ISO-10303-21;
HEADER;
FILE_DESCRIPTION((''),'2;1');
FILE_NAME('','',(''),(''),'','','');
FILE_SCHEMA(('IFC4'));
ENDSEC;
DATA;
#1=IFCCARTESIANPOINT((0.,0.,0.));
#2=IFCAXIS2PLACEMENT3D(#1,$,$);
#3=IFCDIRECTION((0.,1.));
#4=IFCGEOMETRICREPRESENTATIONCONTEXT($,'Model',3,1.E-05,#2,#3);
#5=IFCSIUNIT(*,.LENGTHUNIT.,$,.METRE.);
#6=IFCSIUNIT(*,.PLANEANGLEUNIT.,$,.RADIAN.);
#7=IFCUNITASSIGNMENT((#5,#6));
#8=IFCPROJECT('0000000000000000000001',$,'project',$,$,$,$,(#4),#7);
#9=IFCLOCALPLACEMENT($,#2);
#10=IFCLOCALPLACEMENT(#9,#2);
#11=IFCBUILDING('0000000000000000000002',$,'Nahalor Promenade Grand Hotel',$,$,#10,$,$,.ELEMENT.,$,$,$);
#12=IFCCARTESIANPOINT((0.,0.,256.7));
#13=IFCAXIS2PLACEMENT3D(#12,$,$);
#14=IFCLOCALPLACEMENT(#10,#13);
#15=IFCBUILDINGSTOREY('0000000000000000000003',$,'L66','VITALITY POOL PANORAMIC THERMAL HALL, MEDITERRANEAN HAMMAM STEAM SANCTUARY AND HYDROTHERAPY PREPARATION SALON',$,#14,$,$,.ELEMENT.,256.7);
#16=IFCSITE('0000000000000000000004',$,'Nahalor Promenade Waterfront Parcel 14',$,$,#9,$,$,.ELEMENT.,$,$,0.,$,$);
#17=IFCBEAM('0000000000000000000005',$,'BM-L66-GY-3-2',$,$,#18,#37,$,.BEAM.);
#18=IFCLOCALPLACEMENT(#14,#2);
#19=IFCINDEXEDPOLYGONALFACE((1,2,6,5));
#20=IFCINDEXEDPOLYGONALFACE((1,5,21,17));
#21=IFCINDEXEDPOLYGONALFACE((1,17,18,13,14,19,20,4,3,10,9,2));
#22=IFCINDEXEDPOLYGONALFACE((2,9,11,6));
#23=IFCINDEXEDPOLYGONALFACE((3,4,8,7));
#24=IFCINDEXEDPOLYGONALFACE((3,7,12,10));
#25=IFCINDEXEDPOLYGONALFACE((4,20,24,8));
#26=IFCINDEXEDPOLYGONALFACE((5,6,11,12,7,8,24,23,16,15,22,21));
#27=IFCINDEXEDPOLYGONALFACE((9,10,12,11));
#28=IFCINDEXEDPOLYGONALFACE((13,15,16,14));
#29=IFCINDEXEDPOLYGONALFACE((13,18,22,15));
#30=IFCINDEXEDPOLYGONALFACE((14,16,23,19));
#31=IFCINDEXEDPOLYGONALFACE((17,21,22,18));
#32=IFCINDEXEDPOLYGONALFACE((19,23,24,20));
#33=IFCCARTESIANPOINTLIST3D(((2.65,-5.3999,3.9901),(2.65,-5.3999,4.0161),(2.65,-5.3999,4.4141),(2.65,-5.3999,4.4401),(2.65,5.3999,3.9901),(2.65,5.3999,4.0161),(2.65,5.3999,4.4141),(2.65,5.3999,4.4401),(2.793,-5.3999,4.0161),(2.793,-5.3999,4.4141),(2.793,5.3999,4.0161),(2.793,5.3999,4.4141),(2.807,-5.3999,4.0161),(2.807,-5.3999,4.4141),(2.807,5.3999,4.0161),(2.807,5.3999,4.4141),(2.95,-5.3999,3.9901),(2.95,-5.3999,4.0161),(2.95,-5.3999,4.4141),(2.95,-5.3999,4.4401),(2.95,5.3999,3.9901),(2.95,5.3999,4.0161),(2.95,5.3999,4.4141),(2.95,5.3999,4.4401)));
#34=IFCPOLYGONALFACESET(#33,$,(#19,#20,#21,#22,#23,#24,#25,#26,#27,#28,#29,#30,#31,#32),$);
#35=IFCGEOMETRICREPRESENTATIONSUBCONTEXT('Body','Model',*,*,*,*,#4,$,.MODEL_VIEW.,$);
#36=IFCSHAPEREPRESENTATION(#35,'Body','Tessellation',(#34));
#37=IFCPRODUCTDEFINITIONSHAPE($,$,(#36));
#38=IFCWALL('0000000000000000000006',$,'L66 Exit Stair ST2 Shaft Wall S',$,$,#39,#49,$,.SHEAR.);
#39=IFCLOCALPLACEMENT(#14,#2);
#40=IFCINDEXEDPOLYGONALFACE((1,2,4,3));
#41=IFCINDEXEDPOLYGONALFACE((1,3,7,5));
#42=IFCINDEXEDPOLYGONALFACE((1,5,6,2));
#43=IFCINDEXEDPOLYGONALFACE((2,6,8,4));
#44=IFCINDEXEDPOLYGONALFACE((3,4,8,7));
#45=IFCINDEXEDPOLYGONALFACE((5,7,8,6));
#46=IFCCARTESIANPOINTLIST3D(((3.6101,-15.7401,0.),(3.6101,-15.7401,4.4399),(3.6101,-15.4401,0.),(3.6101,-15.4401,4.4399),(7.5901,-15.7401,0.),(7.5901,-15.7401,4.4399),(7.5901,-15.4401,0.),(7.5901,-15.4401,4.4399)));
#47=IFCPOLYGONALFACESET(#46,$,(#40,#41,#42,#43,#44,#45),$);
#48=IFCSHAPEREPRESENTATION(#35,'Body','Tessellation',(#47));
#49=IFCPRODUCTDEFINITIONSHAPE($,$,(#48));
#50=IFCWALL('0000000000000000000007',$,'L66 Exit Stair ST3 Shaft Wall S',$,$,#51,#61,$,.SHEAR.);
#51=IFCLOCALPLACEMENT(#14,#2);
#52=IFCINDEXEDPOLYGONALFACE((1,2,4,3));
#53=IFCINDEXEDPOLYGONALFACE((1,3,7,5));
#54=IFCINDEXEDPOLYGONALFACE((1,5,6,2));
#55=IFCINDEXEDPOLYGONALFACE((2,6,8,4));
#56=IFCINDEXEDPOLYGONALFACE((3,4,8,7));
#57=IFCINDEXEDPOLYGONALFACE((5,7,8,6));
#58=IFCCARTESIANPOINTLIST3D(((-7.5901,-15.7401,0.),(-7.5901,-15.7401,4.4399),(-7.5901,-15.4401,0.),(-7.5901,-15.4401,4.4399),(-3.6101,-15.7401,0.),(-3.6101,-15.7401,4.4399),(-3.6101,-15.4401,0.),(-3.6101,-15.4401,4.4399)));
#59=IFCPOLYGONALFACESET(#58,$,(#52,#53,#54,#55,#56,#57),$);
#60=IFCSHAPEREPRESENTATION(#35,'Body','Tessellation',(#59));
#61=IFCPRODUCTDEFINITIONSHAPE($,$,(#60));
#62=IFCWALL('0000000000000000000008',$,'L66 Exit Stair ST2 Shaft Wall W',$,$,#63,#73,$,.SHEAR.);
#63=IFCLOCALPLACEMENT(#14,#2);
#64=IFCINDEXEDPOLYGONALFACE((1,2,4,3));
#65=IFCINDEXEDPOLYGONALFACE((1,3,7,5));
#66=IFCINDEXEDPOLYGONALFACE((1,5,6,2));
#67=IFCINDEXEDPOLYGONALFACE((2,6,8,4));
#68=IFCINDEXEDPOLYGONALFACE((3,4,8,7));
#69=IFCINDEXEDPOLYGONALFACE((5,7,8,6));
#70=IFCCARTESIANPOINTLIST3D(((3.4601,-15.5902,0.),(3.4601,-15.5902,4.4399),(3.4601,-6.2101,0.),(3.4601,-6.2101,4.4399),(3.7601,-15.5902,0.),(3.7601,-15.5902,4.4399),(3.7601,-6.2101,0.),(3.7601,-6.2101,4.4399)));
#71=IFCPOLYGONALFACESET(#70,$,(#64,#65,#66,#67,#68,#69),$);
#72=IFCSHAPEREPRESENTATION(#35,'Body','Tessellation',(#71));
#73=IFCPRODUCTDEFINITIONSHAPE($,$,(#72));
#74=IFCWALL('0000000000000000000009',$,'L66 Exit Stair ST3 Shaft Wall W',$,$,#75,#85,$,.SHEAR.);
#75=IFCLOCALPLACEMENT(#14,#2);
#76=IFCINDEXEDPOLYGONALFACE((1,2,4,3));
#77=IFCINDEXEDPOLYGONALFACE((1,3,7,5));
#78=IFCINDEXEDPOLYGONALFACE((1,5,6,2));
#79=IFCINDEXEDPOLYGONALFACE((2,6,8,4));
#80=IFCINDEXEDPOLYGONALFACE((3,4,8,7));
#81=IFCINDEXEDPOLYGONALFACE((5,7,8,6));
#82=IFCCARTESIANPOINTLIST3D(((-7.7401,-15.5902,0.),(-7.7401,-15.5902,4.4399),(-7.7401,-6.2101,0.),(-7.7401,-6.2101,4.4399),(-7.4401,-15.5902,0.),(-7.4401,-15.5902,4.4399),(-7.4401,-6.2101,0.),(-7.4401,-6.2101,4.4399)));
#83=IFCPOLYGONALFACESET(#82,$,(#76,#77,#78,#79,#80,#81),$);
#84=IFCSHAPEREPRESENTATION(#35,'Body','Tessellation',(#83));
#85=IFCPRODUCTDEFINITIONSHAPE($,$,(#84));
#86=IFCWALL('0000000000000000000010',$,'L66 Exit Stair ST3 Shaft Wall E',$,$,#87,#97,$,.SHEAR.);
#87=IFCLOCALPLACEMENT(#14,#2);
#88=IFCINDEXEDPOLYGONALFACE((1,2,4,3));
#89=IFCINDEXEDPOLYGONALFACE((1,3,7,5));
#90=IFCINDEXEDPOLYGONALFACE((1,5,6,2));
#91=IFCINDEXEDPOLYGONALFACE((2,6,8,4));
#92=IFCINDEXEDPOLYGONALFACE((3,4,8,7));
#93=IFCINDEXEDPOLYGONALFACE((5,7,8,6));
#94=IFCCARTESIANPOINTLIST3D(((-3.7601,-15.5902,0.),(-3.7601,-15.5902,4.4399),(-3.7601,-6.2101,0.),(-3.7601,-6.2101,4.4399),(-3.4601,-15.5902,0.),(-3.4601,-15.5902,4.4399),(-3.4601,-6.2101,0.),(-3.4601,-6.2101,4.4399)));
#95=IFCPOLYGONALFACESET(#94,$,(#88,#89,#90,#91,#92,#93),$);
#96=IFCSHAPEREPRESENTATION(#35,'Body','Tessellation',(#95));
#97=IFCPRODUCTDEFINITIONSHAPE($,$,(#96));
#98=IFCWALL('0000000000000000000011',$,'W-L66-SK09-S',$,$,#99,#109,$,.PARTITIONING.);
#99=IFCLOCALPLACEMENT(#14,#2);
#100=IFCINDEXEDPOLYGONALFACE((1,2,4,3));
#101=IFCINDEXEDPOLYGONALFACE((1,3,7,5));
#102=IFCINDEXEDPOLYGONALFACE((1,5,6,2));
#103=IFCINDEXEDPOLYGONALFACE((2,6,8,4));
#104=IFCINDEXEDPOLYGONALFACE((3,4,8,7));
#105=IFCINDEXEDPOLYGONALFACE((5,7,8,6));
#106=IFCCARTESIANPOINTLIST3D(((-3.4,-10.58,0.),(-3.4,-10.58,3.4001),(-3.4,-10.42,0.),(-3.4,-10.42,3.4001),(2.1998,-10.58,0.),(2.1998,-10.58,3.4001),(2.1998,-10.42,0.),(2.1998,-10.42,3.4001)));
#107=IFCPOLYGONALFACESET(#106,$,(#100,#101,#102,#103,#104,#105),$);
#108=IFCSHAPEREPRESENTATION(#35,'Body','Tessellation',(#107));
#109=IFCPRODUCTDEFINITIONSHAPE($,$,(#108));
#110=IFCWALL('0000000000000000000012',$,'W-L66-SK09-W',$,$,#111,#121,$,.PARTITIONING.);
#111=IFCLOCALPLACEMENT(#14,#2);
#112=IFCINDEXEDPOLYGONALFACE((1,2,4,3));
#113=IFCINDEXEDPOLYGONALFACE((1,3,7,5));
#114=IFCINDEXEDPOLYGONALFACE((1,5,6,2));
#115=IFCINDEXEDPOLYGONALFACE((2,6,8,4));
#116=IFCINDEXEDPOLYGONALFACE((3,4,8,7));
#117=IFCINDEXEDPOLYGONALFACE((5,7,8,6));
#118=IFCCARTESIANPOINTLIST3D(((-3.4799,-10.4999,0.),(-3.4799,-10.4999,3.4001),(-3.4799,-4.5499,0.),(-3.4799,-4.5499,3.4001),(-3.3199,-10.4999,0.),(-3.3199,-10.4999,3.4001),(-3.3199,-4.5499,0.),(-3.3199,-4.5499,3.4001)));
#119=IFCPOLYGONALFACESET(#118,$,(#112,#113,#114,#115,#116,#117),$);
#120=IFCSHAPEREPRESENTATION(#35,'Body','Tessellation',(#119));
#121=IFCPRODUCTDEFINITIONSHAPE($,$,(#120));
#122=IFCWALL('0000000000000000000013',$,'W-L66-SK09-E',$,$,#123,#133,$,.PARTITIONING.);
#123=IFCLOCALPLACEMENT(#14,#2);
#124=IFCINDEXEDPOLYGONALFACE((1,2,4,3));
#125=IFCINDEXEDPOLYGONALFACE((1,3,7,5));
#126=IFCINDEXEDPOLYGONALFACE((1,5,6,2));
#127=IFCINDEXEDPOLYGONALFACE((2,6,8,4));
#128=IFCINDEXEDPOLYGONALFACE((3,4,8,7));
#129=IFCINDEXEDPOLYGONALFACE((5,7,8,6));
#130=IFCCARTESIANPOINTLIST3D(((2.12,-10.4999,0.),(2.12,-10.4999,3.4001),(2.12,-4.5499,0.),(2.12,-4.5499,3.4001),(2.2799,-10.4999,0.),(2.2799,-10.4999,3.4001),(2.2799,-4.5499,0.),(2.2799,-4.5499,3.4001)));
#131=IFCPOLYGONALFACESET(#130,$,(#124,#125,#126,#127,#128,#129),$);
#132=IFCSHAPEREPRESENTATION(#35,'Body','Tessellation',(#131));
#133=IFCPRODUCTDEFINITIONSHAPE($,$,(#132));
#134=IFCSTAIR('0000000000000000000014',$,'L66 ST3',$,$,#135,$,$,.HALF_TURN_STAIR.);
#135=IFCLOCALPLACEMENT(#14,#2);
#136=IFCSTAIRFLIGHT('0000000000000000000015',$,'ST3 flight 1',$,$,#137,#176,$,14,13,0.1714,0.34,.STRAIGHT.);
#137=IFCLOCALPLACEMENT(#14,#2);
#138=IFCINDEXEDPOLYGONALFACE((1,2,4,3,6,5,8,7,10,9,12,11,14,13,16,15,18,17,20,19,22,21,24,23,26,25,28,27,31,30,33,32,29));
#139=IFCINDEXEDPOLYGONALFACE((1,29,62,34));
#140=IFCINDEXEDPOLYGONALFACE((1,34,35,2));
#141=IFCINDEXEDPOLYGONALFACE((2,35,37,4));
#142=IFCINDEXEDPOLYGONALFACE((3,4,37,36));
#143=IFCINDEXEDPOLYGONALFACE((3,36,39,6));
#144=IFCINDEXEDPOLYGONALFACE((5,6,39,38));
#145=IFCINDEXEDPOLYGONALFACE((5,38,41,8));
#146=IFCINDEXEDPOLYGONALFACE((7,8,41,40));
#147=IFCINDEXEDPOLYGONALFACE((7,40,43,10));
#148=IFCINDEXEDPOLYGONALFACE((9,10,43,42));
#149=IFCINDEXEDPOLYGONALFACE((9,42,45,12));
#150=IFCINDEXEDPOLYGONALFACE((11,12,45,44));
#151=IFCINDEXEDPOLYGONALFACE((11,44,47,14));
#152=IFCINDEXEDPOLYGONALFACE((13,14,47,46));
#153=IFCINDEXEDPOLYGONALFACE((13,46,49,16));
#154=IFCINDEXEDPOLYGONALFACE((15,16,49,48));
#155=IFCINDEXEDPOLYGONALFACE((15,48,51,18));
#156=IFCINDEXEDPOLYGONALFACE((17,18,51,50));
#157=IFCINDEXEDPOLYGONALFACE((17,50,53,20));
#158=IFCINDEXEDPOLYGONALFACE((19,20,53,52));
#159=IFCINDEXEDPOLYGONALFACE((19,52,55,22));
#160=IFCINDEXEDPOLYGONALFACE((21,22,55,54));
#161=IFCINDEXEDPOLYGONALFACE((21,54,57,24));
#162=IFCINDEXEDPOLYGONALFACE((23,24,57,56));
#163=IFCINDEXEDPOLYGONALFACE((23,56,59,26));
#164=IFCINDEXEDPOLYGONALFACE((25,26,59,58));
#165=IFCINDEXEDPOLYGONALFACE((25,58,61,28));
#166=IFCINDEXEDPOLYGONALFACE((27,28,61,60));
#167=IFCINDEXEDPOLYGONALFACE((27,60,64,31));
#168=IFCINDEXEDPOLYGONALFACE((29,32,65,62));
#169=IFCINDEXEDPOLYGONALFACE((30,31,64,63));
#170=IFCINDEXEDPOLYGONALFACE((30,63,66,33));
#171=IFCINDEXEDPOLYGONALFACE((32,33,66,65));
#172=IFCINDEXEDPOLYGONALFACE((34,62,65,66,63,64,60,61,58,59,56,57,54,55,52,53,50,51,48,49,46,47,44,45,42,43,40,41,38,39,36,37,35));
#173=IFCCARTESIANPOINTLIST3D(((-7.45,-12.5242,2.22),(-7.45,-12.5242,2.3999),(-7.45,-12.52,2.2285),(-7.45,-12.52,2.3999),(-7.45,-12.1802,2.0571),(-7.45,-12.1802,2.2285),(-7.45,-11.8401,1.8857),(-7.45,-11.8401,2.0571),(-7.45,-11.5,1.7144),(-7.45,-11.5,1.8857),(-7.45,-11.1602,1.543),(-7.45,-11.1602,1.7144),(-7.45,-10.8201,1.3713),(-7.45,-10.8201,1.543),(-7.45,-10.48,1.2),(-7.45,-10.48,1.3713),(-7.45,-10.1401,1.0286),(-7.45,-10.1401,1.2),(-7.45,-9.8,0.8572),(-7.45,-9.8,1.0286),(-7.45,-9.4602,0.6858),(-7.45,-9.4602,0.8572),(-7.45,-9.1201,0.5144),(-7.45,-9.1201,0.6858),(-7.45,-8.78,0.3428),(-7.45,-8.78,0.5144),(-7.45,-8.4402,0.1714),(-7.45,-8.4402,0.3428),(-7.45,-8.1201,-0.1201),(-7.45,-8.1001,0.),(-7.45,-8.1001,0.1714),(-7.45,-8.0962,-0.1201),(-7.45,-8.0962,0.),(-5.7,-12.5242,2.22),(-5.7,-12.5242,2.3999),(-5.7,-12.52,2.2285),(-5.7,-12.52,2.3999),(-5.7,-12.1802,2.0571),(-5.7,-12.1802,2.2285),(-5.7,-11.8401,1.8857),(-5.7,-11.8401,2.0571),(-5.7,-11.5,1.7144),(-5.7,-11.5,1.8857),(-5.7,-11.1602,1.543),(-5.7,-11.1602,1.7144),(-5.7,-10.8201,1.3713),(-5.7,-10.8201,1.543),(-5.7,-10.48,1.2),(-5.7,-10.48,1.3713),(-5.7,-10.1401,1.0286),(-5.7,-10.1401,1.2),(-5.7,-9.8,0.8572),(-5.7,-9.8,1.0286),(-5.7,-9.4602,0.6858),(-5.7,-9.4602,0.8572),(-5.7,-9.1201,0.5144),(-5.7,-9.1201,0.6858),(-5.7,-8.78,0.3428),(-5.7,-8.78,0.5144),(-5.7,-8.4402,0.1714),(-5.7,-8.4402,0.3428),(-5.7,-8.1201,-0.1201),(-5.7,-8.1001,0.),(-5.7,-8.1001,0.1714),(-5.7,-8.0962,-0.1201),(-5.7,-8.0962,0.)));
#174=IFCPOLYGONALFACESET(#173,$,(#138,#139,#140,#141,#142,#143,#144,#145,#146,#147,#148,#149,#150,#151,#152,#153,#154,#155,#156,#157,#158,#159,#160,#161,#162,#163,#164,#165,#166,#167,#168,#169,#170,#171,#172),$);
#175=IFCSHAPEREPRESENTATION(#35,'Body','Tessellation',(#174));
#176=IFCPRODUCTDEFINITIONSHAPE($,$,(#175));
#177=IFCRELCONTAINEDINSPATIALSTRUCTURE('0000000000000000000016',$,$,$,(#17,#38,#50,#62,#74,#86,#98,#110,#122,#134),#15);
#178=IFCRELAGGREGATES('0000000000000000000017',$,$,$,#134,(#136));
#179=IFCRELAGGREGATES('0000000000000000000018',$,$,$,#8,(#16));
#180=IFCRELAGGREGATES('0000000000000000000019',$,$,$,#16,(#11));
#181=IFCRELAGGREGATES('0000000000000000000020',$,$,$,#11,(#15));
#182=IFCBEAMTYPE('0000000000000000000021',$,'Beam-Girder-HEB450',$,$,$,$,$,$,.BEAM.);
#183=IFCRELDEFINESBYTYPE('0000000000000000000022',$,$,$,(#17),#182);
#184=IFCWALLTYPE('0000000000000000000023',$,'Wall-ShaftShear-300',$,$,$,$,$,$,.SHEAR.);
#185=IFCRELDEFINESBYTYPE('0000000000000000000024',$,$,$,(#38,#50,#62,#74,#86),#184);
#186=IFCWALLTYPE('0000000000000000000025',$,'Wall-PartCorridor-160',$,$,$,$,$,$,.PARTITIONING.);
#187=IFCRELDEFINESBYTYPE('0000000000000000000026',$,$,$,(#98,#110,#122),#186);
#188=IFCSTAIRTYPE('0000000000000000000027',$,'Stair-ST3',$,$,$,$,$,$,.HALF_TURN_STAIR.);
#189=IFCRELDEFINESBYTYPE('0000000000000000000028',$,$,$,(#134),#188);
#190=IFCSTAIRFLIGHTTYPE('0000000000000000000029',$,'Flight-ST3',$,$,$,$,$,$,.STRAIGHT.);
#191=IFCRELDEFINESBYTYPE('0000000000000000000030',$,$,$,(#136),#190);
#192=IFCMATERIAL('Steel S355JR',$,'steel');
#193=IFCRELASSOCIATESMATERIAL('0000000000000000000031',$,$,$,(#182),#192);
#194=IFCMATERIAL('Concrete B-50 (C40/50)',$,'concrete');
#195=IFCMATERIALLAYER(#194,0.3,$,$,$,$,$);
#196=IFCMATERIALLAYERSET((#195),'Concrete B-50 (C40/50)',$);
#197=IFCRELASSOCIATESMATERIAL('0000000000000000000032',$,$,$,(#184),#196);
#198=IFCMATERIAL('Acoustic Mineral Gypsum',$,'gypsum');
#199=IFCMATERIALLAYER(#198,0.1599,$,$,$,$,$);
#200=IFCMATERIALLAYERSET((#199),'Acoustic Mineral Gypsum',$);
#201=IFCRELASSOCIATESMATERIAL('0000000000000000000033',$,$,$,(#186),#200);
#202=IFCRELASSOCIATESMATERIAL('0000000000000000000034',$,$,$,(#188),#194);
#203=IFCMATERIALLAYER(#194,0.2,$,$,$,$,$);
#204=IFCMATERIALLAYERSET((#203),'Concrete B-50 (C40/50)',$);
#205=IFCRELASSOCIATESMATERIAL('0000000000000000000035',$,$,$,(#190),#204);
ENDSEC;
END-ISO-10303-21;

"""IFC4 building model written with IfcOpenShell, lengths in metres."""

from ifc_helpers import new_model, si_unit, direction, frame, frame_2d, origin, origin_2d, place, context, subcontext, project, spatial, polyline, rectangle, i_section, outline, extrude, source, transform, mapped, material, layer, layer_set, material_profile, profile_set, type_object, element, aggregate, save


model = new_model("IFC4")

# Units and contexts
model_context = context("Model", 3, precision=1e-05, world=origin(), true_north=direction((0.0, 1.0)))
body_context = subcontext(model_context, "Body", "Model", "MODEL_VIEW")
ifc_project = project(units=[si_unit("LENGTHUNIT", "METRE"), si_unit("PLANEANGLEUNIT", "RADIAN")], contexts=[model_context])

# Site, building, storey
site_placement = place(None, origin())
site = spatial("IfcSite", under=ifc_project, at=site_placement, Name="Nahalor Promenade Waterfront Parcel 14", CompositionType="ELEMENT", RefElevation=0.0)
building_placement = place(site_placement, origin())
building = spatial("IfcBuilding", under=site, at=building_placement, Name="Nahalor Promenade Grand Hotel", CompositionType="ELEMENT")
storey_placement = place(building_placement, frame((0.0, 0.0, 256.7)))
storey = spatial("IfcBuildingStorey", under=building, at=storey_placement, Name="L66", Description="VITALITY POOL PANORAMIC THERMAL HALL, MEDITERRANEAN HAMMAM STEAM SANCTUARY AND HYDROTHERAPY PREPARATION SALON", CompositionType="ELEMENT", Elevation=256.7)

# Beam
ifc_material_1 = material(Name="Steel S355JR", Category="steel")
ifc_material_profile_1 = material_profile(ifc_material_1, i_section(OverallWidth=0.3, OverallDepth=0.45, WebThickness=0.014, FlangeThickness=0.026, at=origin_2d()), Name="HEB 450")
ifc_profile_set_1 = profile_set([ifc_material_profile_1], Name="Steel S355JR")
beam_type = type_object("IfcBeamType", Name="Beam-Girder-HEB450", PredefinedType="BEAM", material=ifc_profile_set_1)
shared_shape_1 = source(origin(), body_context, "Body", "SweptSolid", [
    extrude(i_section(OverallWidth=0.3, OverallDepth=0.45, WebThickness=0.014, FlangeThickness=0.026, at=origin_2d()), origin(), (0.0, 0.0, 1.0), 10.7998),
])
for number, where, z_axis, x_axis, name in (
    (1, (2.8, -5.3999, 4.2151), (0.0, 1.0, 0.0), (-1.0, 0.0, 0.0), "BM-L66-GY-3-2"),
):
    element("IfcBeam", number, at=place(storey_placement, frame(where, z_axis=z_axis, x_axis=x_axis)), inside=storey, type_object=beam_type, Name=name, PredefinedType="BEAM", context=body_context, shape_type="MappedRepresentation", body=[
        mapped(shared_shape_1, transform((0.0, 0.0, 0.0), scale=1.0)),
    ])

# Walls
ifc_material_2 = material(Name="Concrete B-50 (C40/50)", Category="concrete")
ifc_layer_1 = layer(ifc_material_2, 0.3)
ifc_layer_set_1 = layer_set([ifc_layer_1], Name="Concrete B-50 (C40/50)")
wall_type_1 = type_object("IfcWallType", Name="Wall-ShaftShear-300", PredefinedType="SHEAR", material=ifc_layer_set_1)
shared_shape_2 = source(origin(), body_context, "Body", "SweptSolid", [
    extrude(rectangle(XDim=3.98, YDim=0.3, at=frame_2d((1.99, 0.0))), origin(), (0.0, 0.0, 1.0), 4.4399),
])
for number, where, z_axis, x_axis, name in (
    (2, (3.6101, -15.5901, 0.0), (0.0, 0.0, 1.0), (1.0, 0.0, 0.0), "L66 Exit Stair ST2 Shaft Wall S"),
    (3, (-7.5901, -15.5901, 0.0), (0.0, 0.0, 1.0), (1.0, 0.0, 0.0), "L66 Exit Stair ST3 Shaft Wall S"),
):
    element("IfcWall", number, at=place(storey_placement, frame(where, z_axis=z_axis, x_axis=x_axis)), inside=storey, type_object=wall_type_1, Name=name, PredefinedType="SHEAR", context=body_context, shape_type="MappedRepresentation", body=[
        mapped(shared_shape_2, transform((0.0, 0.0, 0.0), scale=1.0)),
    ])

# Walls
shared_shape_3 = source(origin(), body_context, "Body", "SweptSolid", [
    extrude(rectangle(XDim=9.3801, YDim=0.3, at=frame_2d((4.6899, 0.0))), origin(), (0.0, 0.0, 1.0), 4.4399),
])
for number, where, z_axis, x_axis, name in (
    (4, (3.6101, -15.5901, 0.0), (0.0, 0.0, 1.0), (0.0, 1.0, 0.0), "L66 Exit Stair ST2 Shaft Wall W"),
    (5, (-7.5901, -15.5901, 0.0), (0.0, 0.0, 1.0), (0.0, 1.0, 0.0), "L66 Exit Stair ST3 Shaft Wall W"),
    (6, (-3.6101, -15.5901, 0.0), (0.0, 0.0, 1.0), (0.0, 1.0, 0.0), "L66 Exit Stair ST3 Shaft Wall E"),
):
    element("IfcWall", number, at=place(storey_placement, frame(where, z_axis=z_axis, x_axis=x_axis)), inside=storey, type_object=wall_type_1, Name=name, PredefinedType="SHEAR", context=body_context, shape_type="MappedRepresentation", body=[
        mapped(shared_shape_3, transform((0.0, 0.0, 0.0), scale=1.0)),
    ])
ifc_material_3 = material(Name="Acoustic Mineral Gypsum", Category="gypsum")
ifc_layer_2 = layer(ifc_material_3, 0.1599)
ifc_layer_set_2 = layer_set([ifc_layer_2], Name="Acoustic Mineral Gypsum")
wall_type_2 = type_object("IfcWallType", Name="Wall-PartCorridor-160", PredefinedType="PARTITIONING", material=ifc_layer_set_2)
shared_shape_4 = source(origin(), body_context, "Body", "SweptSolid", [
    extrude(rectangle(XDim=5.5999, YDim=0.1599, at=frame_2d((2.7998, 0.0))), origin(), (0.0, 0.0, 1.0), 3.4001),
])
wall_1_placement = place(storey_placement, frame((-3.3999, -10.5, 0.0), z_axis=(0.0, 0.0, 1.0), x_axis=(1.0, 0.0, 0.0)))
element("IfcWall", 7, at=wall_1_placement, inside=storey, type_object=wall_type_2, Name="W-L66-SK09-S", PredefinedType="PARTITIONING", context=body_context, shape_type="MappedRepresentation", body=[
    mapped(shared_shape_4, transform((0.0, 0.0, 0.0), scale=1.0)),
])
shared_shape_5 = source(origin(), body_context, "Body", "SweptSolid", [
    extrude(rectangle(XDim=5.95, YDim=0.1599, at=frame_2d((2.9751, 0.0))), origin(), (0.0, 0.0, 1.0), 3.4001),
])
for number, where, z_axis, x_axis, name in (
    (8, (-3.3999, -10.5, 0.0), (0.0, 0.0, 1.0), (0.0, 1.0, 0.0), "W-L66-SK09-W"),
    (9, (2.2, -10.5, 0.0), (0.0, 0.0, 1.0), (0.0, 1.0, 0.0), "W-L66-SK09-E"),
):
    element("IfcWall", number, at=place(storey_placement, frame(where, z_axis=z_axis, x_axis=x_axis)), inside=storey, type_object=wall_type_2, Name=name, PredefinedType="PARTITIONING", context=body_context, shape_type="MappedRepresentation", body=[
        mapped(shared_shape_5, transform((0.0, 0.0, 0.0), scale=1.0)),
    ])

# Stair, stair flight
stair_type = type_object("IfcStairType", Name="Stair-ST3", PredefinedType="HALF_TURN_STAIR", material=ifc_material_2)
stair_placement = place(storey_placement, origin())
stair = element("IfcStair", 10, at=stair_placement, inside=storey, type_object=stair_type, Name="L66 ST3", PredefinedType="HALF_TURN_STAIR")
ifc_layer_3 = layer(ifc_material_2, 0.2)
ifc_layer_set_3 = layer_set([ifc_layer_3], Name="Concrete B-50 (C40/50)")
stair_flight_type = type_object("IfcStairFlightType", Name="Flight-ST3", PredefinedType="STRAIGHT", material=ifc_layer_set_3)
shared_shape_6 = source(origin(), body_context, "Body", "SweptSolid", [
    extrude(outline(polyline([(-0.0039, -0.1201), (-0.0039, 0.0), (0.0, 0.0), (0.0, 0.1714), (0.3401, 0.1714), (0.3401, 0.3428), (0.6799, 0.3428), (0.6799, 0.5144), (1.02, 0.5144), (1.02, 0.6858), (1.3601, 0.6858), (1.3601, 0.8572), (1.7, 0.8572), (1.7, 1.0286), (2.04, 1.0286), (2.04, 1.2), (2.3799, 1.2), (2.3799, 1.3713), (2.72, 1.3713), (2.72, 1.543), (3.0601, 1.543), (3.0601, 1.7144), (3.3999, 1.7144), (3.3999, 1.8857), (3.74, 1.8857), (3.74, 2.0571), (4.0801, 2.0571), (4.0801, 2.2285), (4.4199, 2.2285), (4.4199, 2.3999), (4.4241, 2.3999), (4.4241, 2.22), (0.02, -0.1201), (-0.0039, -0.1201)])), frame((0.0, 0.875, 0.0), z_axis=(0.0, -1.0, 0.0), x_axis=(1.0, 0.0, 0.0)), (0.0, 0.0, 1.0), 1.75),
])
stair_flight_1_placement = place(storey_placement, frame((-6.575, -8.1001, 0.0), z_axis=(0.0, 0.0, 1.0), x_axis=(0.0, -1.0, 0.0)))
stair_flight_1 = element("IfcStairFlight", 11, at=stair_flight_1_placement, type_object=stair_flight_type, Name="ST3 flight 1", NumberOfRisers=14, NumberOfTreads=13, PredefinedType="STRAIGHT", RiserHeight=0.1714, TreadLength=0.34, context=body_context, shape_type="MappedRepresentation", body=[
    mapped(shared_shape_6, transform((0.0, 0.0, 0.0), scale=1.0)),
])
aggregate(stair, [stair_flight_1])

save(model, "model.ifc")
